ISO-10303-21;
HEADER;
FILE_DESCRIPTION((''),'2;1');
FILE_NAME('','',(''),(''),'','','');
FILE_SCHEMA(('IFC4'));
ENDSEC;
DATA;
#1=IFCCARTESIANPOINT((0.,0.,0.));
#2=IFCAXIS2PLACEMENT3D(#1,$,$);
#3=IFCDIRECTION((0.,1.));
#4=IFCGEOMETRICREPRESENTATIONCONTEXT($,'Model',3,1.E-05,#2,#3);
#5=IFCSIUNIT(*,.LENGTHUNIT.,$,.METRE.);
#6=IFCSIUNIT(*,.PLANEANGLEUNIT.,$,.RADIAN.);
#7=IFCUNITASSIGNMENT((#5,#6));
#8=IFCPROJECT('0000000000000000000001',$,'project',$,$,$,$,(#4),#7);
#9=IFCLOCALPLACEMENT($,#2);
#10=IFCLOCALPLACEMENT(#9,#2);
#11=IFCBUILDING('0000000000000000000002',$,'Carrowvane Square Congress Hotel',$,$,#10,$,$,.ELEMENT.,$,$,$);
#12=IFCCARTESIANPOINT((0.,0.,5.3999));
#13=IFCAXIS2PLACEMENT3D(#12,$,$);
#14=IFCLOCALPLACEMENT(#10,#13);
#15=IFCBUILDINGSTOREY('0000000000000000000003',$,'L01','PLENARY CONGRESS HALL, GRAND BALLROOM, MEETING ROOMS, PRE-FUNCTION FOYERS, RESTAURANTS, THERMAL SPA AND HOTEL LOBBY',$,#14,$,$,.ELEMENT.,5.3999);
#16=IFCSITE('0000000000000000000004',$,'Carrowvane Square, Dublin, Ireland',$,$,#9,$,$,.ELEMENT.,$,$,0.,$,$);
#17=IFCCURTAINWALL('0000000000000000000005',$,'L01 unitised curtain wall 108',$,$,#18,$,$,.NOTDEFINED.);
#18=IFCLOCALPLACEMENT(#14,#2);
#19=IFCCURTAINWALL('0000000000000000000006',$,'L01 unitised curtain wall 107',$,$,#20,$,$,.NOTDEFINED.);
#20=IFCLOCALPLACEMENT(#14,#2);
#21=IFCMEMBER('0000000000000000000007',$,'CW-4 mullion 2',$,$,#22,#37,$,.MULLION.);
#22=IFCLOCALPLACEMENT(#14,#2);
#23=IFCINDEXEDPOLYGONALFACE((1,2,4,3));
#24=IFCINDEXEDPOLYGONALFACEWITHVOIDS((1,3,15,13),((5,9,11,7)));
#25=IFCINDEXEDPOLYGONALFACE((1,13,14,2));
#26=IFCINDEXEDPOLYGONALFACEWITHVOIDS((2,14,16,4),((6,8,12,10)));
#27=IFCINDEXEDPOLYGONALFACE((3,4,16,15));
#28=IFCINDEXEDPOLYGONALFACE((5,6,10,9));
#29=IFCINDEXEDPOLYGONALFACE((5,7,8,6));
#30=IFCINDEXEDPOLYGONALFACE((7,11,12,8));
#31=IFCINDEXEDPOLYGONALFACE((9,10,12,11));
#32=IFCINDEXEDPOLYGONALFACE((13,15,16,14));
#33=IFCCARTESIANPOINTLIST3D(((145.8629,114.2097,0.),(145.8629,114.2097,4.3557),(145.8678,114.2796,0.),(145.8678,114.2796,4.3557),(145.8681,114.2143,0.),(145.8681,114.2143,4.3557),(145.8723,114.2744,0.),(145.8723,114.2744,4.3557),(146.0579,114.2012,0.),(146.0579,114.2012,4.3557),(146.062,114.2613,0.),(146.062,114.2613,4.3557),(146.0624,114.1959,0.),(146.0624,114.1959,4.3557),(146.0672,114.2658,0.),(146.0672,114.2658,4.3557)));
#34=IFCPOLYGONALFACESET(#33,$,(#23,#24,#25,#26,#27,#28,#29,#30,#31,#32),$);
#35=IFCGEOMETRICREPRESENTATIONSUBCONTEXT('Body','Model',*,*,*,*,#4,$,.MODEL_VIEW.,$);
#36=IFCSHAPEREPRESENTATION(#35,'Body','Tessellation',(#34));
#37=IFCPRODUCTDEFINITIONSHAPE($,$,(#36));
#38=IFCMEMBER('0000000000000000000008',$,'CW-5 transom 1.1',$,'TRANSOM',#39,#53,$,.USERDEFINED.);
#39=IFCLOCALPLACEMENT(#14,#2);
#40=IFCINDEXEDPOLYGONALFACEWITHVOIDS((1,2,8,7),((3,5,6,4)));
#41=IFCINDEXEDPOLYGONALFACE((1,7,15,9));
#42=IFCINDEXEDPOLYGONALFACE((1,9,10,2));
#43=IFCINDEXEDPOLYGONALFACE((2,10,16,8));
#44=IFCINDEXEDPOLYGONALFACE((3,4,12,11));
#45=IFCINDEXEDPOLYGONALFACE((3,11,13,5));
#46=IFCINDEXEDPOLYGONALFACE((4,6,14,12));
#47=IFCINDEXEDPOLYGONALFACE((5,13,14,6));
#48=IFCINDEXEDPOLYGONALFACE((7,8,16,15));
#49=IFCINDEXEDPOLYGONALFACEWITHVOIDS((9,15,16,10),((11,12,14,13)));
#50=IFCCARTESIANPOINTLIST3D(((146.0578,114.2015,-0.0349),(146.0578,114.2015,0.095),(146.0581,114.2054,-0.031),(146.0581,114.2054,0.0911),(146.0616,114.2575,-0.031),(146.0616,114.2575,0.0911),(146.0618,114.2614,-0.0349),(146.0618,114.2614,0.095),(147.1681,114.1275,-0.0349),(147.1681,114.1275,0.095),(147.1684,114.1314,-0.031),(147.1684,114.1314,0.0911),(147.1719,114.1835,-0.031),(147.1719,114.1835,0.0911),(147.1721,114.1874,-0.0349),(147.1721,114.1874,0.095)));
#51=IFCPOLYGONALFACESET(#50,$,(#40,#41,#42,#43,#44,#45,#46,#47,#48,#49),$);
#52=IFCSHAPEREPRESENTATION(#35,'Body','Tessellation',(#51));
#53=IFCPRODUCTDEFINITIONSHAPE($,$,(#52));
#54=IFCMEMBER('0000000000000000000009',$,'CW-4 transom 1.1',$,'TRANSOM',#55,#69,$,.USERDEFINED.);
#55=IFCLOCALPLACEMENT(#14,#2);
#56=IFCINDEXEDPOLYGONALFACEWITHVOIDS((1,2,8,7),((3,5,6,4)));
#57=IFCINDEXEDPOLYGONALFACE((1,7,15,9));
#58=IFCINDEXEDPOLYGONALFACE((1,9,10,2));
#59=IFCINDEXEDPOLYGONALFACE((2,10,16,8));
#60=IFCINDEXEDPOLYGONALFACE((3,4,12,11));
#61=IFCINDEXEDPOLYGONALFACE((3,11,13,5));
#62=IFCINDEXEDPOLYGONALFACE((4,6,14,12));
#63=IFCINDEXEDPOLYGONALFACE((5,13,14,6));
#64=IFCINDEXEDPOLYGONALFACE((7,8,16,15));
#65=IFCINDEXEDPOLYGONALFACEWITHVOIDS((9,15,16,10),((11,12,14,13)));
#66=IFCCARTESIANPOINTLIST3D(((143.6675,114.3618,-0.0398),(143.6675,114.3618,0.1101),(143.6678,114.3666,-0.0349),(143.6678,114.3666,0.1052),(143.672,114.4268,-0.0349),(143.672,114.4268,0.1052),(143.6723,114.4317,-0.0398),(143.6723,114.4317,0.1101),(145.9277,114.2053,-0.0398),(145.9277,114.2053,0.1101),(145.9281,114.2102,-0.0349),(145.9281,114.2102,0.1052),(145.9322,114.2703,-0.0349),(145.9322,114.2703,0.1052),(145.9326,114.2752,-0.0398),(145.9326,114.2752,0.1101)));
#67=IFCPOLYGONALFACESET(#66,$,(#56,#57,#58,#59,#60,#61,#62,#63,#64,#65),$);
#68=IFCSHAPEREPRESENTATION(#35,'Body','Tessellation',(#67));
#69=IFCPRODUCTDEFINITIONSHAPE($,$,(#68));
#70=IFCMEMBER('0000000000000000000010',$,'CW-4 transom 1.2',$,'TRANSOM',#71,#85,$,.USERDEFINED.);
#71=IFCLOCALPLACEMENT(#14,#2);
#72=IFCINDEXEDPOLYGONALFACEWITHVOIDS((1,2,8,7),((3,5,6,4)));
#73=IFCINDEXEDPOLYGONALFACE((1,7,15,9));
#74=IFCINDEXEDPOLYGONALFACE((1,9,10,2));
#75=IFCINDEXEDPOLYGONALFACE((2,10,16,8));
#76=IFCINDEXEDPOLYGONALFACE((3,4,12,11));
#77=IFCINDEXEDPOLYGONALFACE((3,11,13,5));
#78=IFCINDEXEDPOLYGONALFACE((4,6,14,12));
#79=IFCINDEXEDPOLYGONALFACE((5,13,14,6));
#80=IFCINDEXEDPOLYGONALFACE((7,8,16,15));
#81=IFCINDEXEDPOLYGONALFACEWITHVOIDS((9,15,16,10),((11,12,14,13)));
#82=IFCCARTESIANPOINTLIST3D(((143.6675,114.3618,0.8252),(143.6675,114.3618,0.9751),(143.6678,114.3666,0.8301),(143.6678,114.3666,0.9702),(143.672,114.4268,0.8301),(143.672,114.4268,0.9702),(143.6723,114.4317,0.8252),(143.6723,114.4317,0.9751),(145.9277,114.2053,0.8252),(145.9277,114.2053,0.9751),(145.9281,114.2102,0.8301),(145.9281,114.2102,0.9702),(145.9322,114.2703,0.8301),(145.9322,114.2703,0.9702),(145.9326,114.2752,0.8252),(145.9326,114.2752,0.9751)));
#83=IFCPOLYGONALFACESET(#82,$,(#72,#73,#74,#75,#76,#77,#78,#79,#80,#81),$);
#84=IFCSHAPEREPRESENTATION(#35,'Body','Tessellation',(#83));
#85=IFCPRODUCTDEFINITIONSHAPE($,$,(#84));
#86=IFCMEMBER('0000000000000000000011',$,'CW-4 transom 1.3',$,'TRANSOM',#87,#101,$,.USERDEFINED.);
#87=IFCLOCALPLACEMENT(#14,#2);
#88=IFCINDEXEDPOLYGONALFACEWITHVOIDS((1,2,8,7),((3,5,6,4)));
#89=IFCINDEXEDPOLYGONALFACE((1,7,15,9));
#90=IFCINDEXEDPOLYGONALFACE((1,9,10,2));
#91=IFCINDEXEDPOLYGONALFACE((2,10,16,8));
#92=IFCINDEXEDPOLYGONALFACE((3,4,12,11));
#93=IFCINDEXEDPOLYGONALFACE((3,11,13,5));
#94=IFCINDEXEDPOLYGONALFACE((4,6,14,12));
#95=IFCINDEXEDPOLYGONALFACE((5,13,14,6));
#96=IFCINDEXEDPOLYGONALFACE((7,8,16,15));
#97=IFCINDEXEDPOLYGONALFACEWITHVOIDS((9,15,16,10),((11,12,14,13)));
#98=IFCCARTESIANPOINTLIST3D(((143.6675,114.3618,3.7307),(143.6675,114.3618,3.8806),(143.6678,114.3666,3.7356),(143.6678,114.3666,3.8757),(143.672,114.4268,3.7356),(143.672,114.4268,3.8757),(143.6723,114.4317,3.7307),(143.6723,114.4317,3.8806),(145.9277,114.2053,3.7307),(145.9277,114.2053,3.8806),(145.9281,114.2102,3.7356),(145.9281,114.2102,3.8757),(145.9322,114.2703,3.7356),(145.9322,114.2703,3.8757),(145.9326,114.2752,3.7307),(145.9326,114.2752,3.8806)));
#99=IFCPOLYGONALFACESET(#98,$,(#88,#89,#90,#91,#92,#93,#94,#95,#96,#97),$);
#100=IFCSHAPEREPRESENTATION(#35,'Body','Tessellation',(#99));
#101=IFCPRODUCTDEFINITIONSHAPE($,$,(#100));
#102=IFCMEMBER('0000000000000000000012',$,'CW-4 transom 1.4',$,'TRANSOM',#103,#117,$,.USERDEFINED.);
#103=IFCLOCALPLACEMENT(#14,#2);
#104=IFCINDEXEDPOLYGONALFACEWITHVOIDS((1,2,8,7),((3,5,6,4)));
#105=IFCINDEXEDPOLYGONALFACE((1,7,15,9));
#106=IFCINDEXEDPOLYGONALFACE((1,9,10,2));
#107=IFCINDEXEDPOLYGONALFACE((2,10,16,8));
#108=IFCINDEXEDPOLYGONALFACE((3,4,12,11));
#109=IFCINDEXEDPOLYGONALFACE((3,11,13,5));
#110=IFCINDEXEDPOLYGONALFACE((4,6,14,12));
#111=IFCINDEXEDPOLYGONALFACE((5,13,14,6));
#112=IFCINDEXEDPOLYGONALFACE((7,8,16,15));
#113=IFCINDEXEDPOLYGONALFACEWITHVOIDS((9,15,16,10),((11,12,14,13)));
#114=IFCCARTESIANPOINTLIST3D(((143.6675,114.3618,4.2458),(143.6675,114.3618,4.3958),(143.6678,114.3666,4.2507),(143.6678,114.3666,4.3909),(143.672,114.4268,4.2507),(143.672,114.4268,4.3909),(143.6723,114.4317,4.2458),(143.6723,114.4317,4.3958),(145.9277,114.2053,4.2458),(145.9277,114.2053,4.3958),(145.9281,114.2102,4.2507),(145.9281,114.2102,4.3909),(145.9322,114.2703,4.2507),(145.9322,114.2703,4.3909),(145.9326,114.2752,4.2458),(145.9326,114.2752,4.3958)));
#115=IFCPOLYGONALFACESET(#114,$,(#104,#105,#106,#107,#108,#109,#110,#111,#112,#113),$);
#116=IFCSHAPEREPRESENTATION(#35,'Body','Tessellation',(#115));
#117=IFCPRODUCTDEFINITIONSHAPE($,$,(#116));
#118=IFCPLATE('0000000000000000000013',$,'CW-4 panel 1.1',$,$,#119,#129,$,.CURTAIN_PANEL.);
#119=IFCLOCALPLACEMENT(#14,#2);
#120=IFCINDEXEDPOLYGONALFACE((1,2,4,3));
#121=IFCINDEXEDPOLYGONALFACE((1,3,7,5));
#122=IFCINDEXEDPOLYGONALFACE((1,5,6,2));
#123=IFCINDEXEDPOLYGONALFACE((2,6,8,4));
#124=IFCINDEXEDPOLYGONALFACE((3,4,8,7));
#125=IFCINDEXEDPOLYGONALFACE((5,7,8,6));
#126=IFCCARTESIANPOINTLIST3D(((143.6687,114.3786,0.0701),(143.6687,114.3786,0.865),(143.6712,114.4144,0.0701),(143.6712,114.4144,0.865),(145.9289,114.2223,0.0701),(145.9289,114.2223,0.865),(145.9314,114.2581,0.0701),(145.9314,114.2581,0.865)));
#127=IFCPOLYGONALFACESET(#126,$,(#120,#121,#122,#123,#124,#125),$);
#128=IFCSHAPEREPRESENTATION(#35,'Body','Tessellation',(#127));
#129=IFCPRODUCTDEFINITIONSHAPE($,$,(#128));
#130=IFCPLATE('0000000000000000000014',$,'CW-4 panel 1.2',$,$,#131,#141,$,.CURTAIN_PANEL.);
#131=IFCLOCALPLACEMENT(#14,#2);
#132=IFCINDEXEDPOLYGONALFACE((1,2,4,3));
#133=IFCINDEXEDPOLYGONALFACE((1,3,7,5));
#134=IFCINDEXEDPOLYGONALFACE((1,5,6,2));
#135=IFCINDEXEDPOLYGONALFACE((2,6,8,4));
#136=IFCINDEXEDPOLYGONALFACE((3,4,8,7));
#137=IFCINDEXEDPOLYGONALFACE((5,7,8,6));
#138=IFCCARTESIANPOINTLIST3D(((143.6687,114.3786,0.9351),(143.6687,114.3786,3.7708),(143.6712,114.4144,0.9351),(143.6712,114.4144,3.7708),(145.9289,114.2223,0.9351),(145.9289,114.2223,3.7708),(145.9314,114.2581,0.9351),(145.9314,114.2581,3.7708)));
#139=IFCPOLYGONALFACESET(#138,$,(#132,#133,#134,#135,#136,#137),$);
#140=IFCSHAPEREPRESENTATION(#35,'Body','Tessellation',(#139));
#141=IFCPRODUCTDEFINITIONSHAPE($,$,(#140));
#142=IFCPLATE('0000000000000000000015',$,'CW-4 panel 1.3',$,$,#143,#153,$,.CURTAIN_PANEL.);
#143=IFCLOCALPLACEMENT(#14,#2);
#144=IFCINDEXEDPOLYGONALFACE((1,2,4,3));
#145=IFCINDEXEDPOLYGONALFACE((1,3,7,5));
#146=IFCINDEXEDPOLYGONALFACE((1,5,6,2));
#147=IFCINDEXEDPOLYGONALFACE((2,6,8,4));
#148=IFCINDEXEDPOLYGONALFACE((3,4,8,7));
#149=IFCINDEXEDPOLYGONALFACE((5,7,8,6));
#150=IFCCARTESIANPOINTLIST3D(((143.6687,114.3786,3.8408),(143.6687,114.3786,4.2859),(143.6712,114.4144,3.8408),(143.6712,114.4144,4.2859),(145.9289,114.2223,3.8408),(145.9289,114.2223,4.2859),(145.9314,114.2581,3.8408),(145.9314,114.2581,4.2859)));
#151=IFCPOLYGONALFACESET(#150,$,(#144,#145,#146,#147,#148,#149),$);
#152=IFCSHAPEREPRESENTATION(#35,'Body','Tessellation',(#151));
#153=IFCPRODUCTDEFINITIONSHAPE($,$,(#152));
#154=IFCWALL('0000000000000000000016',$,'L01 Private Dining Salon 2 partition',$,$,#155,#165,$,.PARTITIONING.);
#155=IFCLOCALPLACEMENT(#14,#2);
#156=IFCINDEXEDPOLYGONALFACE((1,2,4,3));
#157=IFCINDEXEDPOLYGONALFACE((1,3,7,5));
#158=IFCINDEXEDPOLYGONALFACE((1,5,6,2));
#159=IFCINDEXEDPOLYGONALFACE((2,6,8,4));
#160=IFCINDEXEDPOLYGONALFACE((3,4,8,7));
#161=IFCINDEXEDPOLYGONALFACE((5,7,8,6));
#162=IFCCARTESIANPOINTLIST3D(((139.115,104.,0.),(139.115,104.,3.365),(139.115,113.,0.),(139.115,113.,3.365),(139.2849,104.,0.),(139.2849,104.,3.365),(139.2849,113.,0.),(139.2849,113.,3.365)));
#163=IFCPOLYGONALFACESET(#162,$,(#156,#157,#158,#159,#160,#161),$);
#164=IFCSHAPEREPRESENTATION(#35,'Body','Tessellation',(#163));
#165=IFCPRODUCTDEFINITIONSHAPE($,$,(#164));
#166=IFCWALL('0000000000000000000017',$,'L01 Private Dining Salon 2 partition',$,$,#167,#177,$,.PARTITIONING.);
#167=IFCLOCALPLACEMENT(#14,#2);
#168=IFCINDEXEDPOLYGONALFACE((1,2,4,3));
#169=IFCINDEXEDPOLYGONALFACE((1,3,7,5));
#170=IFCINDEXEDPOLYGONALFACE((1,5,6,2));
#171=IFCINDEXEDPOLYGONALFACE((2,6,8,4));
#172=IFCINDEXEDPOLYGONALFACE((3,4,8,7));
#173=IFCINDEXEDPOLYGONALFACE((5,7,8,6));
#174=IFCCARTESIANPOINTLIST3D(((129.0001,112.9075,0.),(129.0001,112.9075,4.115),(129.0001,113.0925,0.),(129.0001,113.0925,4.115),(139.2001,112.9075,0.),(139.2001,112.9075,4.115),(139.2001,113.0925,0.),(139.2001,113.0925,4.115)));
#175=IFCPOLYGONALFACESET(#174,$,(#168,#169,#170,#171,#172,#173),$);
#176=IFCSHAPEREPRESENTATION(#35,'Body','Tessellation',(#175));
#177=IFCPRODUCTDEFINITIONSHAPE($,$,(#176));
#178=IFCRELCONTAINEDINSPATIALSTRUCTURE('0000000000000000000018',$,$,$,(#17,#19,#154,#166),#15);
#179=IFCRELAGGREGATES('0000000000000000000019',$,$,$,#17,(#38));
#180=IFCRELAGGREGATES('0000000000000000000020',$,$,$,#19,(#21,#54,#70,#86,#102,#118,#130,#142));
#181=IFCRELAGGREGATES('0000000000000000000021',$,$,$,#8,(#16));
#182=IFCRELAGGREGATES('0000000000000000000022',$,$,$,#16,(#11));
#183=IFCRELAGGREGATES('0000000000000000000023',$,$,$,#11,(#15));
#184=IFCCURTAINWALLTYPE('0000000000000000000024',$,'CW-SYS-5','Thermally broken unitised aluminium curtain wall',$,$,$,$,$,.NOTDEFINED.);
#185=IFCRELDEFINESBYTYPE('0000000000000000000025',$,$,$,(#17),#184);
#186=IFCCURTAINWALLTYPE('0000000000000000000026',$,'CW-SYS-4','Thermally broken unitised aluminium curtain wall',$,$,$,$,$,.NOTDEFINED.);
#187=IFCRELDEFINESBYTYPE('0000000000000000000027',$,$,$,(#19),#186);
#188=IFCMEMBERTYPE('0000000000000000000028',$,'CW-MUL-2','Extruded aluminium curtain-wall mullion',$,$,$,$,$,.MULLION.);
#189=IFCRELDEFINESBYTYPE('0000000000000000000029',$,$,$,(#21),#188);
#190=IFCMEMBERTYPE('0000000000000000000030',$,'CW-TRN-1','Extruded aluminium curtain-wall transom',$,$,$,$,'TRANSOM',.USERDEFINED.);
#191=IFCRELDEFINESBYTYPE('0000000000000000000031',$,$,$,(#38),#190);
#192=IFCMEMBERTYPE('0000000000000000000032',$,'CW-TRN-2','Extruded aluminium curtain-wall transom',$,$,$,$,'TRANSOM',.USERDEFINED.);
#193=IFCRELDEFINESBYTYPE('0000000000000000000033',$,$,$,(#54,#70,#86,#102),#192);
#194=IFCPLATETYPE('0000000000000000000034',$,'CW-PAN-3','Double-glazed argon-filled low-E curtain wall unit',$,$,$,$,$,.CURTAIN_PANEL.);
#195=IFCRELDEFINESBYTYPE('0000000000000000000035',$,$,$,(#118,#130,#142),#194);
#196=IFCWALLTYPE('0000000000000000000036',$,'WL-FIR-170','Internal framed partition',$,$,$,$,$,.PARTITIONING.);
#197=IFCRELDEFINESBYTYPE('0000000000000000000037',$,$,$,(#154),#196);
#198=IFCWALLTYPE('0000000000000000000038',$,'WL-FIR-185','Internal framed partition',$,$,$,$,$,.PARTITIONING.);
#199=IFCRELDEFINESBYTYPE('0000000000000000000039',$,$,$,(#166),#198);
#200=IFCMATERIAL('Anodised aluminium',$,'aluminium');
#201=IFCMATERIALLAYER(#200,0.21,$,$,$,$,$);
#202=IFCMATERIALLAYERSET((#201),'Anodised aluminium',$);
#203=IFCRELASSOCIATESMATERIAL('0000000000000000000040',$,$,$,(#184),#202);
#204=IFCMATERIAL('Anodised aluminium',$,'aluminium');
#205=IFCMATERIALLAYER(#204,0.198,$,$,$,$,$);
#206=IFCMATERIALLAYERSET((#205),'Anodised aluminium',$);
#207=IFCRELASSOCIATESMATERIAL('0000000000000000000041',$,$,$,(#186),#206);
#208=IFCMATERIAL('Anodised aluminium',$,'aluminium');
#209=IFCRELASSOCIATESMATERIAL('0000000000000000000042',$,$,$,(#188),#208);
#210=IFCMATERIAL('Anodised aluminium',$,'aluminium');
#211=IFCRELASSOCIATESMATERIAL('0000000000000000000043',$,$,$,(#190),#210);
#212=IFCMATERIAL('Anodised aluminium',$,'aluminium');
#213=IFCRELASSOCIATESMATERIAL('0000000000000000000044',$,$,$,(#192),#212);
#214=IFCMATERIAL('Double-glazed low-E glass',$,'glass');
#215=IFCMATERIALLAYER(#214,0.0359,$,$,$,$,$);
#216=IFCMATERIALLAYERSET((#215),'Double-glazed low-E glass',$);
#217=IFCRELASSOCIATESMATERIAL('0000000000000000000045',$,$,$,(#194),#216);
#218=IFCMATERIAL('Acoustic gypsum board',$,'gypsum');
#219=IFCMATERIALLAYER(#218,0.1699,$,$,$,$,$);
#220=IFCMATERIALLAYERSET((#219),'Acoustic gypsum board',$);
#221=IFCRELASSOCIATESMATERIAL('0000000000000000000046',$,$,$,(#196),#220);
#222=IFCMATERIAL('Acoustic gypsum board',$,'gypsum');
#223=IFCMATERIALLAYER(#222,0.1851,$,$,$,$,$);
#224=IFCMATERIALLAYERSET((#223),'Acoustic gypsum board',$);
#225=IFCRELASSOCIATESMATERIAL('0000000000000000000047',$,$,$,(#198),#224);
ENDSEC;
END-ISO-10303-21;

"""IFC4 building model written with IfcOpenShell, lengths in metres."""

from ifc_helpers import new_model, si_unit, direction, frame, frame_2d, origin, origin_2d, place, context, subcontext, project, spatial, rectangle, hollow_rectangle, extrude, material, layer, layer_set, material_profile, profile_set, type_object, element, aggregate, save


model = new_model("IFC4")

# Units and contexts
model_context = context("Model", 3, precision=1e-05, world=origin(), true_north=direction((0.0, 1.0)))
body_context = subcontext(model_context, "Body", "Model", "MODEL_VIEW")
ifc_project = project(units=[si_unit("LENGTHUNIT", "METRE"), si_unit("PLANEANGLEUNIT", "RADIAN")], contexts=[model_context])

# Site, building, storey
site_placement = place(None, origin())
site = spatial("IfcSite", under=ifc_project, at=site_placement, Name="Carrowvane Square, Dublin, Ireland", CompositionType="ELEMENT", RefElevation=0.0)
building_placement = place(site_placement, origin())
building = spatial("IfcBuilding", under=site, at=building_placement, Name="Carrowvane Square Congress Hotel", CompositionType="ELEMENT")
storey_placement = place(building_placement, frame((0.0, 0.0, 5.3999)))
storey = spatial("IfcBuildingStorey", under=building, at=storey_placement, Name="L01", Description="PLENARY CONGRESS HALL, GRAND BALLROOM, MEETING ROOMS, PRE-FUNCTION FOYERS, RESTAURANTS, THERMAL SPA AND HOTEL LOBBY", CompositionType="ELEMENT", Elevation=5.3999)

# Curtain walls, member
ifc_material_1 = material(Name="Anodised aluminium", Category="aluminium")
ifc_layer_1 = layer(ifc_material_1, 0.21)
ifc_layer_set_1 = layer_set([ifc_layer_1], Name="Anodised aluminium")
curtain_wall_type_1 = type_object("IfcCurtainWallType", Name="CW-SYS-5", Description="Thermally broken unitised aluminium curtain wall", PredefinedType="NOTDEFINED", material=ifc_layer_set_1)
curtain_wall_1_placement = place(storey_placement, origin())
curtain_wall_1 = element("IfcCurtainWall", 1, at=curtain_wall_1_placement, inside=storey, type_object=curtain_wall_type_1, Name="L01 unitised curtain wall 108", PredefinedType="NOTDEFINED")
ifc_material_2 = material(Name="Anodised aluminium", Category="aluminium")
ifc_layer_2 = layer(ifc_material_2, 0.198)
ifc_layer_set_2 = layer_set([ifc_layer_2], Name="Anodised aluminium")
curtain_wall_type_2 = type_object("IfcCurtainWallType", Name="CW-SYS-4", Description="Thermally broken unitised aluminium curtain wall", PredefinedType="NOTDEFINED", material=ifc_layer_set_2)
curtain_wall_2_placement = place(storey_placement, origin())
curtain_wall_2 = element("IfcCurtainWall", 2, at=curtain_wall_2_placement, inside=storey, type_object=curtain_wall_type_2, Name="L01 unitised curtain wall 107", PredefinedType="NOTDEFINED")
ifc_material_3 = material(Name="Anodised aluminium", Category="aluminium")
ifc_material_profile_1 = material_profile(ifc_material_3, hollow_rectangle(XDim=0.0701, YDim=0.2, WallThickness=0.0049, at=origin_2d()), Name="CW-ML 70x200x5")
ifc_profile_set_1 = profile_set([ifc_material_profile_1], Name="Anodised aluminium")
member_type_1 = type_object("IfcMemberType", Name="CW-MUL-2", Description="Extruded aluminium curtain-wall mullion", PredefinedType="MULLION", material=ifc_profile_set_1)
member_1_placement = place(storey_placement, frame((145.9651, 114.2378, 0.0), z_axis=(0.0, 0.0, 1.0), x_axis=(0.068986, 0.997618, 0.0)))
member_1 = element("IfcMember", 3, at=member_1_placement, type_object=member_type_1, Name="CW-4 mullion 2", PredefinedType="MULLION", context=body_context, shape_type="SweptSolid", body=[
    extrude(hollow_rectangle(XDim=0.0701, YDim=0.2, WallThickness=0.0049, at=origin_2d()), origin(), (0.0, 0.0, 1.0), 4.3557),
])

# Members
ifc_material_4 = material(Name="Anodised aluminium", Category="aluminium")
ifc_material_profile_2 = material_profile(ifc_material_4, hollow_rectangle(XDim=0.0601, YDim=0.1299, WallThickness=0.0039, at=origin_2d()), Name="CW-TR 60x130x4")
ifc_profile_set_2 = profile_set([ifc_material_profile_2], Name="Anodised aluminium")
member_type_2 = type_object("IfcMemberType", Name="CW-TRN-1", Description="Extruded aluminium curtain-wall transom", ElementType="TRANSOM", PredefinedType="USERDEFINED", material=ifc_profile_set_2)
member_2_placement = place(storey_placement, frame((146.0598, 114.2314, 0.03), z_axis=(0.997788, -0.066475, 0.0), x_axis=(0.066475, 0.997788, 0.0)))
member_2 = element("IfcMember", 4, at=member_2_placement, type_object=member_type_2, Name="CW-5 transom 1.1", ObjectType="TRANSOM", PredefinedType="USERDEFINED", context=body_context, shape_type="SweptSolid", body=[
    extrude(hollow_rectangle(XDim=0.0601, YDim=0.1299, WallThickness=0.0039, at=origin_2d()), origin(), (0.0, 0.0, 1.0), 1.1128),
])
aggregate(curtain_wall_1, [member_2])
ifc_material_5 = material(Name="Anodised aluminium", Category="aluminium")
ifc_material_profile_3 = material_profile(ifc_material_5, hollow_rectangle(XDim=0.0701, YDim=0.1499, WallThickness=0.0049, at=origin_2d()), Name="CW-TR 70x150x5")
ifc_profile_set_3 = profile_set([ifc_material_profile_3], Name="Anodised aluminium")
member_type_3 = type_object("IfcMemberType", Name="CW-TRN-2", Description="Extruded aluminium curtain-wall transom", ElementType="TRANSOM", PredefinedType="USERDEFINED", material=ifc_profile_set_3)
member_3_placement = place(storey_placement, frame((143.6699, 114.3967, 0.0352), z_axis=(0.997612, -0.069072, 0.0), x_axis=(0.069072, 0.997612, 0.0)))
member_3 = element("IfcMember", 5, at=member_3_placement, type_object=member_type_3, Name="CW-4 transom 1.1", ObjectType="TRANSOM", PredefinedType="USERDEFINED", context=body_context, shape_type="SweptSolid", body=[
    extrude(hollow_rectangle(XDim=0.0701, YDim=0.1499, WallThickness=0.0049, at=origin_2d()), origin(), (0.0, 0.0, 1.0), 2.2656),
])
member_4_placement = place(storey_placement, frame((143.6699, 114.3967, 0.9001), z_axis=(0.997612, -0.069072, 0.0), x_axis=(0.069072, 0.997612, 0.0)))
member_4 = element("IfcMember", 6, at=member_4_placement, type_object=member_type_3, Name="CW-4 transom 1.2", ObjectType="TRANSOM", PredefinedType="USERDEFINED", context=body_context, shape_type="SweptSolid", body=[
    extrude(hollow_rectangle(XDim=0.0701, YDim=0.1499, WallThickness=0.0049, at=origin_2d()), origin(), (0.0, 0.0, 1.0), 2.2656),
])
member_5_placement = place(storey_placement, frame((143.6699, 114.3967, 3.8057), z_axis=(0.997612, -0.069072, 0.0), x_axis=(0.069072, 0.997612, 0.0)))
member_5 = element("IfcMember", 7, at=member_5_placement, type_object=member_type_3, Name="CW-4 transom 1.3", ObjectType="TRANSOM", PredefinedType="USERDEFINED", context=body_context, shape_type="SweptSolid", body=[
    extrude(hollow_rectangle(XDim=0.0701, YDim=0.1499, WallThickness=0.0049, at=origin_2d()), origin(), (0.0, 0.0, 1.0), 2.2656),
])
member_6_placement = place(storey_placement, frame((143.6699, 114.3967, 4.3208), z_axis=(0.997612, -0.069072, 0.0), x_axis=(0.069072, 0.997612, 0.0)))
member_6 = element("IfcMember", 8, at=member_6_placement, type_object=member_type_3, Name="CW-4 transom 1.4", ObjectType="TRANSOM", PredefinedType="USERDEFINED", context=body_context, shape_type="SweptSolid", body=[
    extrude(hollow_rectangle(XDim=0.0701, YDim=0.1499, WallThickness=0.0049, at=origin_2d()), origin(), (0.0, 0.0, 1.0), 2.2656),
])

# Plates
ifc_material_6 = material(Name="Double-glazed low-E glass", Category="glass")
ifc_layer_3 = layer(ifc_material_6, 0.0359)
ifc_layer_set_3 = layer_set([ifc_layer_3], Name="Double-glazed low-E glass")
plate_type = type_object("IfcPlateType", Name="CW-PAN-3", Description="Double-glazed argon-filled low-E curtain wall unit", PredefinedType="CURTAIN_PANEL", material=ifc_layer_set_3)
plate_1_placement = place(storey_placement, frame((144.8, 114.3184, 0.0701), z_axis=(0.0, 0.0, 1.0), x_axis=(0.997618, -0.068986, 0.0)))
plate_1 = element("IfcPlate", 9, at=plate_1_placement, type_object=plate_type, Name="CW-4 panel 1.1", PredefinedType="CURTAIN_PANEL", context=body_context, shape_type="SweptSolid", body=[
    extrude(rectangle(XDim=2.2656, YDim=0.0359, at=origin_2d()), origin(), (0.0, 0.0, 1.0), 0.7949),
])
plate_2_placement = place(storey_placement, frame((144.8, 114.3184, 0.9351), z_axis=(0.0, 0.0, 1.0), x_axis=(0.997618, -0.068986, 0.0)))
plate_2 = element("IfcPlate", 10, at=plate_2_placement, type_object=plate_type, Name="CW-4 panel 1.2", PredefinedType="CURTAIN_PANEL", context=body_context, shape_type="SweptSolid", body=[
    extrude(rectangle(XDim=2.2656, YDim=0.0359, at=origin_2d()), origin(), (0.0, 0.0, 1.0), 2.8357),
])
plate_3_placement = place(storey_placement, frame((144.8, 114.3184, 3.8408), z_axis=(0.0, 0.0, 1.0), x_axis=(0.997618, -0.068986, 0.0)))
plate_3 = element("IfcPlate", 11, at=plate_3_placement, type_object=plate_type, Name="CW-4 panel 1.3", PredefinedType="CURTAIN_PANEL", context=body_context, shape_type="SweptSolid", body=[
    extrude(rectangle(XDim=2.2656, YDim=0.0359, at=origin_2d()), origin(), (0.0, 0.0, 1.0), 0.4451),
])
aggregate(curtain_wall_2, [member_1, member_3, member_4, member_5, member_6, plate_1, plate_2, plate_3])

# Walls
ifc_material_7 = material(Name="Acoustic gypsum board", Category="gypsum")
ifc_layer_4 = layer(ifc_material_7, 0.1699)
ifc_layer_set_4 = layer_set([ifc_layer_4], Name="Acoustic gypsum board")
wall_type_1 = type_object("IfcWallType", Name="WL-FIR-170", Description="Internal framed partition", PredefinedType="PARTITIONING", material=ifc_layer_set_4)
wall_1_placement = place(storey_placement, frame((139.2, 113.0, 0.0), z_axis=(0.0, 0.0, 1.0), x_axis=(0.0, -1.0, 0.0)))
element("IfcWall", 12, at=wall_1_placement, inside=storey, type_object=wall_type_1, Name="L01 Private Dining Salon 2 partition", PredefinedType="PARTITIONING", context=body_context, shape_type="SweptSolid", body=[
    extrude(rectangle(XDim=9.0, YDim=0.1699, at=frame_2d((4.5, 0.0))), origin(), (0.0, 0.0, 1.0), 3.365),
])
ifc_material_8 = material(Name="Acoustic gypsum board", Category="gypsum")
ifc_layer_5 = layer(ifc_material_8, 0.1851)
ifc_layer_set_5 = layer_set([ifc_layer_5], Name="Acoustic gypsum board")
wall_type_2 = type_object("IfcWallType", Name="WL-FIR-185", Description="Internal framed partition", PredefinedType="PARTITIONING", material=ifc_layer_set_5)
wall_2_placement = place(storey_placement, frame((129.0, 113.0, 0.0), z_axis=(0.0, 0.0, 1.0), x_axis=(1.0, 0.0, 0.0)))
element("IfcWall", 13, at=wall_2_placement, inside=storey, type_object=wall_type_2, Name="L01 Private Dining Salon 2 partition", PredefinedType="PARTITIONING", context=body_context, shape_type="SweptSolid", body=[
    extrude(rectangle(XDim=10.2, YDim=0.1851, at=frame_2d((5.1001, 0.0))), origin(), (0.0, 0.0, 1.0), 4.115),
])

save(model, "model.ifc")
